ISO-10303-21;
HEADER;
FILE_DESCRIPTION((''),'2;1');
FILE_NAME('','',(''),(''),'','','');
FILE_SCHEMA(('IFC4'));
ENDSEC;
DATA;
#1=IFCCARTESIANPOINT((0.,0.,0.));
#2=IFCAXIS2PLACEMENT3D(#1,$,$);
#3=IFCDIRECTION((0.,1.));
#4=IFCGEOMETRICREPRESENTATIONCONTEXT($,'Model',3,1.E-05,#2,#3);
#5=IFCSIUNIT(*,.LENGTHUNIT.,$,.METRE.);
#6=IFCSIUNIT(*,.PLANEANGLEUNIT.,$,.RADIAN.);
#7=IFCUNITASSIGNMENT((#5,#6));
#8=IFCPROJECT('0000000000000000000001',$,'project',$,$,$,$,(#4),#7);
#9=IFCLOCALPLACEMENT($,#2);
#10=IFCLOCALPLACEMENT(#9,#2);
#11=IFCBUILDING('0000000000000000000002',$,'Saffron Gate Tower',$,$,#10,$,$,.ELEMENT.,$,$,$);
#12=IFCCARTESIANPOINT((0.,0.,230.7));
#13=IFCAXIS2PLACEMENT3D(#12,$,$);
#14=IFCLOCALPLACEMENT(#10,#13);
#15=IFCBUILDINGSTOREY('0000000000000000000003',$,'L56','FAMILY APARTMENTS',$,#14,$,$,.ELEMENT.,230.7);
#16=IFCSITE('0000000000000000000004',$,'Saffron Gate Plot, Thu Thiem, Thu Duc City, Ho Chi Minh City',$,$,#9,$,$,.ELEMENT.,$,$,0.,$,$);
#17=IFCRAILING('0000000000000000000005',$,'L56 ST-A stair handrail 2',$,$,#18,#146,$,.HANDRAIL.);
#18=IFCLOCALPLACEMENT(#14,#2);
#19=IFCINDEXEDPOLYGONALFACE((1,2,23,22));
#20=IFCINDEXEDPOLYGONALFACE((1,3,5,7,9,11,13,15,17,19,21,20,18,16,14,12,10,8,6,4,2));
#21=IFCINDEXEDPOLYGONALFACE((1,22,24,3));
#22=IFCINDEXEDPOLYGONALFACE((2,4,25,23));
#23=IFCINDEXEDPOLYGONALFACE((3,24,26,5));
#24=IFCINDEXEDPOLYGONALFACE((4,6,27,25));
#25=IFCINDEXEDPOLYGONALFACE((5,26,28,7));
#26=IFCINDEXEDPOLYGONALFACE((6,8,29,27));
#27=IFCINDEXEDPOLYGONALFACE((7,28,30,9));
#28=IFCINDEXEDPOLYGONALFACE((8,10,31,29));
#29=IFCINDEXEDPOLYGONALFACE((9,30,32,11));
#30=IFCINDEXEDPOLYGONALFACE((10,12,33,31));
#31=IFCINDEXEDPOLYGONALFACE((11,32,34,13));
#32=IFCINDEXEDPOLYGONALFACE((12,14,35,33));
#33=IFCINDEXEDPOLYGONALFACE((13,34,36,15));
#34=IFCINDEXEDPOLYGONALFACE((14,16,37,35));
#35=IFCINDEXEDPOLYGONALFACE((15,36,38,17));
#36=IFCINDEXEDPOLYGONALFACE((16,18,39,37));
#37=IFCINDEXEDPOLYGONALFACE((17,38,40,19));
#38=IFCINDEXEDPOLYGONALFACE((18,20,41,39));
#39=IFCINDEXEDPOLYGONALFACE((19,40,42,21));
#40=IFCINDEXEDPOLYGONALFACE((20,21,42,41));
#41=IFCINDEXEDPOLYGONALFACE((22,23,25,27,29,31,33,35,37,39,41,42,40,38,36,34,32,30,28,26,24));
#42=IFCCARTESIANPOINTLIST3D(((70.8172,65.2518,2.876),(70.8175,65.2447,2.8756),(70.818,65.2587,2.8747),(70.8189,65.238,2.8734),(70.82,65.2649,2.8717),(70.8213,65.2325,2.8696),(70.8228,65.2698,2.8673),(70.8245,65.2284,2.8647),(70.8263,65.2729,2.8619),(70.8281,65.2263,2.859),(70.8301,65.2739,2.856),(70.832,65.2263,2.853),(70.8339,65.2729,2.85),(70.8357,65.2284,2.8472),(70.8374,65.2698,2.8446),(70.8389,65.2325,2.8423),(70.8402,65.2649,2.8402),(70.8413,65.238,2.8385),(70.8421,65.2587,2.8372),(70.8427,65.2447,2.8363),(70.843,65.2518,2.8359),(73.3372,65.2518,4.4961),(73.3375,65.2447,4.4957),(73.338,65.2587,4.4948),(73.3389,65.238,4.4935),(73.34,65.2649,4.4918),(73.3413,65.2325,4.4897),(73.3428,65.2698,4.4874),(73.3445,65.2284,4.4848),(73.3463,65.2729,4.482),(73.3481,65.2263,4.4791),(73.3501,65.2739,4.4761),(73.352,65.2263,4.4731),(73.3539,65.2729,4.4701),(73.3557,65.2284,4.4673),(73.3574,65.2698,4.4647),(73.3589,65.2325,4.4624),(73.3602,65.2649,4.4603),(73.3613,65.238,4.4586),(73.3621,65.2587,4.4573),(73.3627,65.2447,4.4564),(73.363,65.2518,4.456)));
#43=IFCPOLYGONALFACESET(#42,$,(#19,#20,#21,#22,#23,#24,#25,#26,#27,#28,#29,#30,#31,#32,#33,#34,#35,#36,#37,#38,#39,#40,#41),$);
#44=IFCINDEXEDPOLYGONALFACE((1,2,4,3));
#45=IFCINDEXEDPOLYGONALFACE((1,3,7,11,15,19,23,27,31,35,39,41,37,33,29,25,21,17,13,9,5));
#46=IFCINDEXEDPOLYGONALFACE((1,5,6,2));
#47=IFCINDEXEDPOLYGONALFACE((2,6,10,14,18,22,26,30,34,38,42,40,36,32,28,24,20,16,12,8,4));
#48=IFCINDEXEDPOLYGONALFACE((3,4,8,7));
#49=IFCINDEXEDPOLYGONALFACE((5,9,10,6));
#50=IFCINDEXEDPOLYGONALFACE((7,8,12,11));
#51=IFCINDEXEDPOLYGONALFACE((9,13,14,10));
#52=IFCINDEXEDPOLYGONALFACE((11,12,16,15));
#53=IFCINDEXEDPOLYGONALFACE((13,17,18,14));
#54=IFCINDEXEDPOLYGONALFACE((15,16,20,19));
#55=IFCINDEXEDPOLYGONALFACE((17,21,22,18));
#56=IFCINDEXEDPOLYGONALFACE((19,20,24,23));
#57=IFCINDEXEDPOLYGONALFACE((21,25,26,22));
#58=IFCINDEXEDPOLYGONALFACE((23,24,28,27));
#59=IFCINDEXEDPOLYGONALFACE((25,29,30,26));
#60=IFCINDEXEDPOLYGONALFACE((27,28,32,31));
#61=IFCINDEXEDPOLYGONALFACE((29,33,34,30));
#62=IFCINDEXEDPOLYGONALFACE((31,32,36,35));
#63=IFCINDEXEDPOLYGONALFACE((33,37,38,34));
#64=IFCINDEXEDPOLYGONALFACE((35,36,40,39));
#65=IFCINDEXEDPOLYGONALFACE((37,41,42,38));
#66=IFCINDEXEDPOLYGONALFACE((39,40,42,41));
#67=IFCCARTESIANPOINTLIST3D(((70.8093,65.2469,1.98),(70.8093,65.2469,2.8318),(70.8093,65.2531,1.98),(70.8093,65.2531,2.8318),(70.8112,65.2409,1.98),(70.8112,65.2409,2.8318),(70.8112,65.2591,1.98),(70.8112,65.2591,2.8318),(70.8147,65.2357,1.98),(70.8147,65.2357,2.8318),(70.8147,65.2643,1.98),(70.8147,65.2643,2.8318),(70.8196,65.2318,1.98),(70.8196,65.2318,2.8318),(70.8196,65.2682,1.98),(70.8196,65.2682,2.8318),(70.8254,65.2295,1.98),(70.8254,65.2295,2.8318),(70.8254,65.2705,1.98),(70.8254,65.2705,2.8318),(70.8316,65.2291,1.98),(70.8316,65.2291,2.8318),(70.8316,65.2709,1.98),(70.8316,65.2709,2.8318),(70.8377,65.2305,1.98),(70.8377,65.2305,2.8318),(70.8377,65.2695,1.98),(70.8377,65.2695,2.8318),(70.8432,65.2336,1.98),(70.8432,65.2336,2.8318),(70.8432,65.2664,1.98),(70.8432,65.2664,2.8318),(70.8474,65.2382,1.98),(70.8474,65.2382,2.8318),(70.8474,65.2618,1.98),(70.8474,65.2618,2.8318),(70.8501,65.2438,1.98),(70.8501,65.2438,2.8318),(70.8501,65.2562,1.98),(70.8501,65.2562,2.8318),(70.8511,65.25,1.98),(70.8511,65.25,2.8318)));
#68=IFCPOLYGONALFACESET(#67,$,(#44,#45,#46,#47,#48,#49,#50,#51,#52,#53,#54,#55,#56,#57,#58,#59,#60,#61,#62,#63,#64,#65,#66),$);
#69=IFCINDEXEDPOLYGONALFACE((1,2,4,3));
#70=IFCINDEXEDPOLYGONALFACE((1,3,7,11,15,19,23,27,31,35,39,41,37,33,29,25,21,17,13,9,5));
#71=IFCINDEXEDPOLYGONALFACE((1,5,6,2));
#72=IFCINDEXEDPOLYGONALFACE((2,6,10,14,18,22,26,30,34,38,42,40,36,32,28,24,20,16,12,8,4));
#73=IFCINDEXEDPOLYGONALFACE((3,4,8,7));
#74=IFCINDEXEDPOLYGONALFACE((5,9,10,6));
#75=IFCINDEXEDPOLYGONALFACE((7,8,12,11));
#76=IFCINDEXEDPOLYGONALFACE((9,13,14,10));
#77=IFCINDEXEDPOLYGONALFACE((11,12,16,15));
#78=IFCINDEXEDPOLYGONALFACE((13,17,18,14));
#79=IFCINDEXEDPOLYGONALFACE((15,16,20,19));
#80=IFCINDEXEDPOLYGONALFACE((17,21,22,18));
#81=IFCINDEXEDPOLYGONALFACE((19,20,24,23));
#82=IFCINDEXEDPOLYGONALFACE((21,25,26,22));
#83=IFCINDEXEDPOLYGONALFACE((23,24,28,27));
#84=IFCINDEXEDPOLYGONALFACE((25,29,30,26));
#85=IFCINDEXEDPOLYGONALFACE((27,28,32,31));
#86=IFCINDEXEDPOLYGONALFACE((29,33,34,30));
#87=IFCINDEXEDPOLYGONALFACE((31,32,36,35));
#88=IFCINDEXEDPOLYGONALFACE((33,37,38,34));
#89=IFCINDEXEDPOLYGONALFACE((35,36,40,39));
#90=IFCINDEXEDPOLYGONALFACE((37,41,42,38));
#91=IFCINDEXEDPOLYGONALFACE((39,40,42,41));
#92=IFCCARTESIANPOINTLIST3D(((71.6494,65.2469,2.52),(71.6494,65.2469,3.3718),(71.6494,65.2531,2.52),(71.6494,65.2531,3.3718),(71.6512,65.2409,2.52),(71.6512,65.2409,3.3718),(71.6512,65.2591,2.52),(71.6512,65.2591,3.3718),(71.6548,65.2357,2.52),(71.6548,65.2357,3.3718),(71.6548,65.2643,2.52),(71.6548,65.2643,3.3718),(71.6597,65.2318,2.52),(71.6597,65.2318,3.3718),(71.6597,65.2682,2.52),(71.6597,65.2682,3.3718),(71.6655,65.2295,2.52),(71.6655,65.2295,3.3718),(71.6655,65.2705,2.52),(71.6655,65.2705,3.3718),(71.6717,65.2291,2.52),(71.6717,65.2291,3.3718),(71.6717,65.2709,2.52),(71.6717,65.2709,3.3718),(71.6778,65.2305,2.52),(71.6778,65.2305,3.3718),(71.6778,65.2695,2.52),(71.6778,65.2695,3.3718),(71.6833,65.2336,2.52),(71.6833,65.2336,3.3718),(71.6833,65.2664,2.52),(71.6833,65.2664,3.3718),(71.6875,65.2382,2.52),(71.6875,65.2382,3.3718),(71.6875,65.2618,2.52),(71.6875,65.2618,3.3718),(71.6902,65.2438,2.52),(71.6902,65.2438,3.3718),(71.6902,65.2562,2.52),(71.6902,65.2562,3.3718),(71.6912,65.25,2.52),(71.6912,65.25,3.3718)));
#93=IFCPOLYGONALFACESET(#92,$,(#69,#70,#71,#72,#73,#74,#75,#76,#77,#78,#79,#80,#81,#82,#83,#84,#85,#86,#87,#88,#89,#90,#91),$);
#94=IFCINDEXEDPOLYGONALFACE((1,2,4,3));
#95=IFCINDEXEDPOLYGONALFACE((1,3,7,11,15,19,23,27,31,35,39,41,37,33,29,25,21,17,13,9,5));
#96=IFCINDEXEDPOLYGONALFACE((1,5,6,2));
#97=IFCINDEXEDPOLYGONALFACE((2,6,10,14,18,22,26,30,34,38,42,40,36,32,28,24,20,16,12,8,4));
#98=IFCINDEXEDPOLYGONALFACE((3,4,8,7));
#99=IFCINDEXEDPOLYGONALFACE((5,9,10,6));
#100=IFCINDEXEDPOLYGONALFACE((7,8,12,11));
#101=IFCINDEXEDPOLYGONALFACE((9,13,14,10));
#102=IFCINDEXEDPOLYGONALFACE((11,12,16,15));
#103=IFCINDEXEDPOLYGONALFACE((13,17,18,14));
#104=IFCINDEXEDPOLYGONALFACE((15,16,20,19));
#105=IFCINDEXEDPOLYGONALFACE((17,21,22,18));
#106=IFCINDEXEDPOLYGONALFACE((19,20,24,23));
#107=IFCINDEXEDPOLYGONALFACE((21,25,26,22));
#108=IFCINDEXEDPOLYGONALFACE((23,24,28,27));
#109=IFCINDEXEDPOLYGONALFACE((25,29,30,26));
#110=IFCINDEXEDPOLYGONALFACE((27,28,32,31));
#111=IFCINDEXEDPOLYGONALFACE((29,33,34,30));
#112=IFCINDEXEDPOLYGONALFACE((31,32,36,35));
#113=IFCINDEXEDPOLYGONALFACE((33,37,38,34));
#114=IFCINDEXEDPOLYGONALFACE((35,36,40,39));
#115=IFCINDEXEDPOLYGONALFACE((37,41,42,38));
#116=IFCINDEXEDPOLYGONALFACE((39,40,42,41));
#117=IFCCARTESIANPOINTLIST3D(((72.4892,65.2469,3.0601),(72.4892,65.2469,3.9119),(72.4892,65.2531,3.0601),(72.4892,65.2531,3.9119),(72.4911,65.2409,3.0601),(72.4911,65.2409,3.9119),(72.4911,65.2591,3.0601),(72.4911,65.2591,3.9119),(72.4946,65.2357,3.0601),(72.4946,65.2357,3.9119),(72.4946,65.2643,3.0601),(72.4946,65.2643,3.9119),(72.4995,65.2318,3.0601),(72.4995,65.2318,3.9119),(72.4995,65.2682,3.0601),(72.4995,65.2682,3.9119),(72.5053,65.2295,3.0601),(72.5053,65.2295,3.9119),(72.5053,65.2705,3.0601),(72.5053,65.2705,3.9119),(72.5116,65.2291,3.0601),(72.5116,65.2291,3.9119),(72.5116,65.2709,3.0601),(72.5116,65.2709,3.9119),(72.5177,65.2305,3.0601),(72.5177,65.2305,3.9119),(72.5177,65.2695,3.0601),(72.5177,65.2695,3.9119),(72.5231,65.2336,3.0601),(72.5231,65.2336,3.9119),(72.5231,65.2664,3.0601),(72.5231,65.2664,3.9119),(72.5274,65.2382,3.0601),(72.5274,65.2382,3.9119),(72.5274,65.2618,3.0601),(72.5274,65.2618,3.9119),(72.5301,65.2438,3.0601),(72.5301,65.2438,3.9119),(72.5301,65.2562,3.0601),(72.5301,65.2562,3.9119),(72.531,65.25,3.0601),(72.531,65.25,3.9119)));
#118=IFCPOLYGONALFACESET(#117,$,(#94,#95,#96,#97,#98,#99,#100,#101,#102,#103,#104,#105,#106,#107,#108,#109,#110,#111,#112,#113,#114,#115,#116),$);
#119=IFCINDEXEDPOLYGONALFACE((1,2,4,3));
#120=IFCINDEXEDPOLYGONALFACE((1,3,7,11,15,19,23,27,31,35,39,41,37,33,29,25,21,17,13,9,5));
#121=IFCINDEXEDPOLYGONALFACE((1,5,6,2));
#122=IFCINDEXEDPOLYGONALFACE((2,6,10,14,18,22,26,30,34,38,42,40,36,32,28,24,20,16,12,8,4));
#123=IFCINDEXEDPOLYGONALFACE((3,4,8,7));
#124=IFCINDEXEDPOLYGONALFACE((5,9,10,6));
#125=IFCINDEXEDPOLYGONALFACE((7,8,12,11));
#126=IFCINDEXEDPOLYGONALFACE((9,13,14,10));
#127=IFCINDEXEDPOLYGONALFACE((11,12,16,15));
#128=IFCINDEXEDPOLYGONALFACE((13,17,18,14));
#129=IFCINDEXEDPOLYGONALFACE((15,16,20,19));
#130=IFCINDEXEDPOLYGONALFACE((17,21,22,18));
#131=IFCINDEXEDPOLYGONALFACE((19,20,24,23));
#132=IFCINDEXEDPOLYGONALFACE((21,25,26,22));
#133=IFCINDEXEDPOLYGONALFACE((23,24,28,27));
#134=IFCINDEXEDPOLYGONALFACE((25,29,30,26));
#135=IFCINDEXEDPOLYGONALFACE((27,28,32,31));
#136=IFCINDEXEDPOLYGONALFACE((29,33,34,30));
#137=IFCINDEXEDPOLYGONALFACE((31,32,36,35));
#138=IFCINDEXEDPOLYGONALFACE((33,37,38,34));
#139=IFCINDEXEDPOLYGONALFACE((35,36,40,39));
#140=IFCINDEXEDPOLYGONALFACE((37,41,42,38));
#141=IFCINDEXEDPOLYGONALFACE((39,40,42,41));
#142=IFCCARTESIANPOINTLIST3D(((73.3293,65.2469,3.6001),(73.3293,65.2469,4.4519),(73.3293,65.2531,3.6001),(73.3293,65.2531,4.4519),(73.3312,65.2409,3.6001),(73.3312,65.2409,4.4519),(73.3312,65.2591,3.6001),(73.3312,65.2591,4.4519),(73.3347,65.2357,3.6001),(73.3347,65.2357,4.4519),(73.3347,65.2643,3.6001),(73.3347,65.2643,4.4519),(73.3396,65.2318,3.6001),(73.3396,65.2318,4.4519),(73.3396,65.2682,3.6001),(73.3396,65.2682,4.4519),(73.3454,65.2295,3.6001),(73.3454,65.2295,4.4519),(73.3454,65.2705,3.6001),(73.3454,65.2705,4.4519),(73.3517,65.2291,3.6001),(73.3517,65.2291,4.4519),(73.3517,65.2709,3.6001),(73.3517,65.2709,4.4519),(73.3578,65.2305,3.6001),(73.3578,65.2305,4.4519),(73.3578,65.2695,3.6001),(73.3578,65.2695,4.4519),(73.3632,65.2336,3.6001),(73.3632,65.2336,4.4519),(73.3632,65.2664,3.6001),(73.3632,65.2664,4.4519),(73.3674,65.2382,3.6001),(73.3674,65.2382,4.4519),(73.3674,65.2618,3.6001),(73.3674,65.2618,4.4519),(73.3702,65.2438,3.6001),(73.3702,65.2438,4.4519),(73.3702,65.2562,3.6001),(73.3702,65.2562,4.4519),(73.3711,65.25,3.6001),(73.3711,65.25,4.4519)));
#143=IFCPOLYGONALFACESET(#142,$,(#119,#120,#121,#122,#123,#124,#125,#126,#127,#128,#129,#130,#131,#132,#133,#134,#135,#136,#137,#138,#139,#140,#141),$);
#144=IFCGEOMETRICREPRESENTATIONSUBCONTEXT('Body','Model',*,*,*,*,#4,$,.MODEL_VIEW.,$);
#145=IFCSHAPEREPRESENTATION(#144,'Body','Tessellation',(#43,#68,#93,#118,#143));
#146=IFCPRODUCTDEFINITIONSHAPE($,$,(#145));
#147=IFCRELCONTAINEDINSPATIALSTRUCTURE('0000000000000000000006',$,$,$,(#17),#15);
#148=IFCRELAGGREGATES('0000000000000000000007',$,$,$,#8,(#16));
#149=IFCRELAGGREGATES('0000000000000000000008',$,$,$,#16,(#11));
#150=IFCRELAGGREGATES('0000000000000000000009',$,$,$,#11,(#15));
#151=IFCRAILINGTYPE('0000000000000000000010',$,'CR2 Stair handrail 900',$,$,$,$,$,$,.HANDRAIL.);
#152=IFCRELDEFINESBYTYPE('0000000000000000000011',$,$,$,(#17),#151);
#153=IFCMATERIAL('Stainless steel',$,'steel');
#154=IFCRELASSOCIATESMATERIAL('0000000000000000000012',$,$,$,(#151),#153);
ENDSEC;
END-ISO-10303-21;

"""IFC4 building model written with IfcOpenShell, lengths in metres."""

from ifc_helpers import new_model, si_unit, direction, frame, origin, origin_2d, place, context, subcontext, project, spatial, circle, extrude, material, type_object, element, save


model = new_model("IFC4")

# Units and contexts
model_context = context("Model", 3, precision=1e-05, world=origin(), true_north=direction((0.0, 1.0)))
body_context = subcontext(model_context, "Body", "Model", "MODEL_VIEW")
ifc_project = project(units=[si_unit("LENGTHUNIT", "METRE"), si_unit("PLANEANGLEUNIT", "RADIAN")], contexts=[model_context])

# Site, building, storey
site_placement = place(None, origin())
site = spatial("IfcSite", under=ifc_project, at=site_placement, Name="Saffron Gate Plot, Thu Thiem, Thu Duc City, Ho Chi Minh City", CompositionType="ELEMENT", RefElevation=0.0)
building_placement = place(site_placement, origin())
building = spatial("IfcBuilding", under=site, at=building_placement, Name="Saffron Gate Tower", CompositionType="ELEMENT")
storey_placement = place(building_placement, frame((0.0, 0.0, 230.7)))
storey = spatial("IfcBuildingStorey", under=building, at=storey_placement, Name="L56", Description="FAMILY APARTMENTS", CompositionType="ELEMENT", Elevation=230.7)

# Railing
ifc_material_1 = material(Name="Stainless steel", Category="steel")
railing_type = type_object("IfcRailingType", Name="CR2 Stair handrail 900", PredefinedType="HANDRAIL", material=ifc_material_1)
railing_placement = place(storey_placement, frame((70.8301, 65.25, 1.98)))
element("IfcRailing", 1, at=railing_placement, inside=storey, type_object=railing_type, Name="L56 ST-A stair handrail 2", PredefinedType="HANDRAIL", context=body_context, shape_type="SweptSolid", body=[
    extrude(circle(Radius=0.0239, at=origin_2d()), frame((0.0, 0.0, 0.876), z_axis=(0.841163, 0.0, 0.540782), x_axis=(0.0, 1.0, 0.0)), (0.0, 0.0, 1.0), 2.9958),
    extrude(circle(Radius=0.021, at=origin_2d()), origin(), (0.0, 0.0, 1.0), 0.8518),
    extrude(circle(Radius=0.021, at=origin_2d()), frame((0.8401, 0.0, 0.54)), (0.0, 0.0, 1.0), 0.8518),
    extrude(circle(Radius=0.021, at=origin_2d()), frame((1.6799, 0.0, 1.0801)), (0.0, 0.0, 1.0), 0.8518),
    extrude(circle(Radius=0.021, at=origin_2d()), frame((2.52, 0.0, 1.6201)), (0.0, 0.0, 1.0), 0.8518),
])

save(model, "model.ifc")
